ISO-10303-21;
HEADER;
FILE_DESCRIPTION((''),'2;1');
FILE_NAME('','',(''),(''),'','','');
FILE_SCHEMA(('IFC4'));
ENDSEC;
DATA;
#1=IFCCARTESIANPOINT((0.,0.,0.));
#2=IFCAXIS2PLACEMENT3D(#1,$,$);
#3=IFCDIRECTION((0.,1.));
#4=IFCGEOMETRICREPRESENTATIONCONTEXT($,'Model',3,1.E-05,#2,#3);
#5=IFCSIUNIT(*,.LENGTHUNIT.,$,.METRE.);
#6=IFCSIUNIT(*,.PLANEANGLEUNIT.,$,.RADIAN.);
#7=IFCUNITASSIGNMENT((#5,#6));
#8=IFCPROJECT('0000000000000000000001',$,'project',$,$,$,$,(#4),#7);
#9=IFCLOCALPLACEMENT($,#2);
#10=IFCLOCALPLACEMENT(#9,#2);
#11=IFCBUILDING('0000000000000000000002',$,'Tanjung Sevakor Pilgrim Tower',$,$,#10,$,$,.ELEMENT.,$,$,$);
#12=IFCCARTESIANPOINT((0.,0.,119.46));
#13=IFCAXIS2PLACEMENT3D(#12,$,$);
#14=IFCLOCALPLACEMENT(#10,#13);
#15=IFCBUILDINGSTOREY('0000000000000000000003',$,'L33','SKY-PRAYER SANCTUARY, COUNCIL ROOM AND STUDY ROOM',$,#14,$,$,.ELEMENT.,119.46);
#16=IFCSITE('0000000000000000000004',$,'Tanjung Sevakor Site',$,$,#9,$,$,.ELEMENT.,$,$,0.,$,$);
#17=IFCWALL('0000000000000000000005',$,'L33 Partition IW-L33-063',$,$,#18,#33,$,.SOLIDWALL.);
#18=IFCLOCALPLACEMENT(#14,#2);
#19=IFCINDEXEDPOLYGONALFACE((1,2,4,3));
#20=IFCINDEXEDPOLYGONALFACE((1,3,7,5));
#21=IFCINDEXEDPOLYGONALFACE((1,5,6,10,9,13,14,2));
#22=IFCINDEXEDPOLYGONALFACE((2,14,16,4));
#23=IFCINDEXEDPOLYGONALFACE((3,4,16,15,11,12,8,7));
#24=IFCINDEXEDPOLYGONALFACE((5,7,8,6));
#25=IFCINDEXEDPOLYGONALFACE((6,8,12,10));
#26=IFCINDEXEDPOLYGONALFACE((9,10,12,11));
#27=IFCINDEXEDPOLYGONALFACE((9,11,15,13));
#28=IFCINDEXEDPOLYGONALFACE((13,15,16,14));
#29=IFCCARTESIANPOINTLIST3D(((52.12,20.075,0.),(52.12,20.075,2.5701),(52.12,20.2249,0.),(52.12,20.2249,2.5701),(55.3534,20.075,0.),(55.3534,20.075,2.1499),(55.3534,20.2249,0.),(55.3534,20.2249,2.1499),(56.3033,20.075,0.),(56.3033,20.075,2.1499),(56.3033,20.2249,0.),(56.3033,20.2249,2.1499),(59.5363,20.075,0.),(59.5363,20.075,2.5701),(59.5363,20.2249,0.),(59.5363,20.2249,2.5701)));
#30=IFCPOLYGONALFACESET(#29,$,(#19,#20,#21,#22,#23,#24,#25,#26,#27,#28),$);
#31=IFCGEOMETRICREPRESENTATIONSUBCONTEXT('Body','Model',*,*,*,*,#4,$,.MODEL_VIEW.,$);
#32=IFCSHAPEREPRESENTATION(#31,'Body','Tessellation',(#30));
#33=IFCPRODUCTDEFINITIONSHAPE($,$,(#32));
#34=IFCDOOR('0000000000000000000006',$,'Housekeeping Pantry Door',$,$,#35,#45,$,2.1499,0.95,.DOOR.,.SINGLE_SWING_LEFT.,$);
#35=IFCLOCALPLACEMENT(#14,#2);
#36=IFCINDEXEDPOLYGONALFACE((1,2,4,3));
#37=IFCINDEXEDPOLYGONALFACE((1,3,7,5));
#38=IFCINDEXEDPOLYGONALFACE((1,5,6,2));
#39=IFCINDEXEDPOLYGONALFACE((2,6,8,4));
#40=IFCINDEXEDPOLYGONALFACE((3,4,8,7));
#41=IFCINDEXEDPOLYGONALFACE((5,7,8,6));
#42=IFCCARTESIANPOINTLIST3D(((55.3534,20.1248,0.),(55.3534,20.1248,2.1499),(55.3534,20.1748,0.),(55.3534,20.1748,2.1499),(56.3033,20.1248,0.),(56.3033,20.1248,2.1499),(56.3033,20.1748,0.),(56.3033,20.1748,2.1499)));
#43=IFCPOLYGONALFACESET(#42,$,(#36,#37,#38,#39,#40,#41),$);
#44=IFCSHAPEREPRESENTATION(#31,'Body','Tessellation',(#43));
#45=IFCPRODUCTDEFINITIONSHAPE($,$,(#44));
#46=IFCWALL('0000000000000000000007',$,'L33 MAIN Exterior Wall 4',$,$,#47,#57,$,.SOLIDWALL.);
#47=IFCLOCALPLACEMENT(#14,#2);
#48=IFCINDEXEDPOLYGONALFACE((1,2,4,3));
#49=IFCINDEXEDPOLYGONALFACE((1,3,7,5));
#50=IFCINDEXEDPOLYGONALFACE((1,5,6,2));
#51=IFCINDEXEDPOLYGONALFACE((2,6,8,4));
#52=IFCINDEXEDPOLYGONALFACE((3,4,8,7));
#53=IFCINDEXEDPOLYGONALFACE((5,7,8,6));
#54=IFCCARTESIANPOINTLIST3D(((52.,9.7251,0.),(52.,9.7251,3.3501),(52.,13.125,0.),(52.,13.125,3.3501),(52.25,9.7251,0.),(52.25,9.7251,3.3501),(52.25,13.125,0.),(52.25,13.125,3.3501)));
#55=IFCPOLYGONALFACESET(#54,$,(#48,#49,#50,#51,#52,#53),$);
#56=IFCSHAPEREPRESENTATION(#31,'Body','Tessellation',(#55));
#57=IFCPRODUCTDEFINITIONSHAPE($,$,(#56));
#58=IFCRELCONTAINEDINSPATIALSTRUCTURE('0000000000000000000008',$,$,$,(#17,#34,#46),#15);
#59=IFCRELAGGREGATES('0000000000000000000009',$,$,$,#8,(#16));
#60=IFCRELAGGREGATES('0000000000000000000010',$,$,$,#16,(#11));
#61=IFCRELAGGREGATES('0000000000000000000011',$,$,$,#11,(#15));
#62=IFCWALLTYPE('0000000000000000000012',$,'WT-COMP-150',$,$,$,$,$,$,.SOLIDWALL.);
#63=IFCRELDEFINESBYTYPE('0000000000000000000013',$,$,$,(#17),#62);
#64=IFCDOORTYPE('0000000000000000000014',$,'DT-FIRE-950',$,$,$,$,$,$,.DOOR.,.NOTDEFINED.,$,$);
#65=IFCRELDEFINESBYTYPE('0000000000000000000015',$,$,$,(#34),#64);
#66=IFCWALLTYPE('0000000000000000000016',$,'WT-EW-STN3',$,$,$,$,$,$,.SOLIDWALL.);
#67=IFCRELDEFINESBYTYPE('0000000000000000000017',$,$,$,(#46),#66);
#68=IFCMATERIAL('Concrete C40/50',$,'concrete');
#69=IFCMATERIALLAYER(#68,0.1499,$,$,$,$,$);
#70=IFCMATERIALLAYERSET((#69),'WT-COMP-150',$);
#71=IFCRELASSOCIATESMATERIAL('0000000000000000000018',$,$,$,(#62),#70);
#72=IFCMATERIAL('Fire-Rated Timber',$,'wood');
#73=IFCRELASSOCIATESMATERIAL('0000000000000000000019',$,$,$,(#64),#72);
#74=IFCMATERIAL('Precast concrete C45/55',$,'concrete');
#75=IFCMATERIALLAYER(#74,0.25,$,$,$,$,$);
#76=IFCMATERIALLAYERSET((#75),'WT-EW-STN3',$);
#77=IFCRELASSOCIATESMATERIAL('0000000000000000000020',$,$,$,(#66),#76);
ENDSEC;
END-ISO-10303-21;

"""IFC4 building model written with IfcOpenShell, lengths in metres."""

from ifc_helpers import new_model, si_unit, direction, frame, frame_2d, origin, place, context, subcontext, project, spatial, rectangle, extrude, material, layer, layer_set, type_object, element, fill, save


model = new_model("IFC4")

# Units and contexts
model_context = context("Model", 3, precision=1e-05, world=origin(), true_north=direction((0.0, 1.0)))
body_context = subcontext(model_context, "Body", "Model", "MODEL_VIEW")
ifc_project = project(units=[si_unit("LENGTHUNIT", "METRE"), si_unit("PLANEANGLEUNIT", "RADIAN")], contexts=[model_context])

# Site, building, storey
site_placement = place(None, origin())
site = spatial("IfcSite", under=ifc_project, at=site_placement, Name="Tanjung Sevakor Site", CompositionType="ELEMENT", RefElevation=0.0)
building_placement = place(site_placement, origin())
building = spatial("IfcBuilding", under=site, at=building_placement, Name="Tanjung Sevakor Pilgrim Tower", CompositionType="ELEMENT")
storey_placement = place(building_placement, frame((0.0, 0.0, 119.46)))
storey = spatial("IfcBuildingStorey", under=building, at=storey_placement, Name="L33", Description="SKY-PRAYER SANCTUARY, COUNCIL ROOM AND STUDY ROOM", CompositionType="ELEMENT", Elevation=119.46)

# Shared definitions
ifc_material_1 = material(Name="Concrete C40/50", Category="concrete")
ifc_layer_1 = layer(ifc_material_1, 0.1499)
ifc_layer_set_1 = layer_set([ifc_layer_1], Name="WT-COMP-150")
wall_type_1 = type_object("IfcWallType", Name="WT-COMP-150", PredefinedType="SOLIDWALL", material=ifc_layer_set_1)

# Wall, opening, door
wall_1_placement = place(storey_placement, frame((52.1201, 20.1499, 0.0), z_axis=(0.0, 0.0, 1.0), x_axis=(1.0, 0.0, 0.0)))
wall_1 = element("IfcWall", 1, at=wall_1_placement, inside=storey, type_object=wall_type_1, Name="L33 Partition IW-L33-063", PredefinedType="SOLIDWALL", context=body_context, shape_type="SweptSolid", body=[
    extrude(rectangle(XDim=7.4163, YDim=0.1499, at=frame_2d((3.708, 0.0))), origin(), (0.0, 0.0, 1.0), 2.5701),
])
opening_1_placement = place(wall_1_placement, frame((3.2332, 0.0, 0.0)))
opening_1 = element("IfcOpeningElement", 2, at=opening_1_placement, cuts=wall_1, PredefinedType="OPENING", context=body_context, shape_type="SweptSolid", body=[
    extrude(rectangle(XDim=0.95, YDim=2.1499, at=frame_2d((0.4751, 1.075))), frame((0.0, 0.085, 0.0), z_axis=(0.0, -1.0, 0.0), x_axis=(1.0, 0.0, 0.0)), (0.0, 0.0, 1.0), 0.1699),
])
ifc_material_2 = material(Name="Fire-Rated Timber", Category="wood")
door_type_1 = type_object("IfcDoorType", Name="DT-FIRE-950", OperationType="NOTDEFINED", PredefinedType="DOOR", material=ifc_material_2)
door_1_placement = place(opening_1_placement, origin())
door_1 = element("IfcDoor", 3, at=door_1_placement, inside=storey, type_object=door_type_1, Name="Housekeeping Pantry Door", OperationType="SINGLE_SWING_LEFT", OverallHeight=2.1499, OverallWidth=0.95, PredefinedType="DOOR", context=body_context, shape_type="SweptSolid", body=[
    extrude(rectangle(XDim=0.95, YDim=2.1499, at=frame_2d((0.4751, 1.075))), frame((0.0, 0.0249, 0.0), z_axis=(0.0, -1.0, 0.0), x_axis=(1.0, 0.0, 0.0)), (0.0, 0.0, 1.0), 0.05),
])
fill(opening_1, door_1)

# Wall
ifc_material_3 = material(Name="Precast concrete C45/55", Category="concrete")
ifc_layer_2 = layer(ifc_material_3, 0.25)
ifc_layer_set_2 = layer_set([ifc_layer_2], Name="WT-EW-STN3")
wall_type_2 = type_object("IfcWallType", Name="WT-EW-STN3", PredefinedType="SOLIDWALL", material=ifc_layer_set_2)
wall_2_placement = place(storey_placement, frame((52.125, 13.125, 0.0), z_axis=(0.0, 0.0, 1.0), x_axis=(0.0, -1.0, 0.0)))
element("IfcWall", 4, at=wall_2_placement, inside=storey, type_object=wall_type_2, Name="L33 MAIN Exterior Wall 4", PredefinedType="SOLIDWALL", context=body_context, shape_type="SweptSolid", body=[
    extrude(rectangle(XDim=3.3999, YDim=0.25, at=frame_2d((1.7, 0.0))), origin(), (0.0, 0.0, 1.0), 3.3501),
])

save(model, "model.ifc")
